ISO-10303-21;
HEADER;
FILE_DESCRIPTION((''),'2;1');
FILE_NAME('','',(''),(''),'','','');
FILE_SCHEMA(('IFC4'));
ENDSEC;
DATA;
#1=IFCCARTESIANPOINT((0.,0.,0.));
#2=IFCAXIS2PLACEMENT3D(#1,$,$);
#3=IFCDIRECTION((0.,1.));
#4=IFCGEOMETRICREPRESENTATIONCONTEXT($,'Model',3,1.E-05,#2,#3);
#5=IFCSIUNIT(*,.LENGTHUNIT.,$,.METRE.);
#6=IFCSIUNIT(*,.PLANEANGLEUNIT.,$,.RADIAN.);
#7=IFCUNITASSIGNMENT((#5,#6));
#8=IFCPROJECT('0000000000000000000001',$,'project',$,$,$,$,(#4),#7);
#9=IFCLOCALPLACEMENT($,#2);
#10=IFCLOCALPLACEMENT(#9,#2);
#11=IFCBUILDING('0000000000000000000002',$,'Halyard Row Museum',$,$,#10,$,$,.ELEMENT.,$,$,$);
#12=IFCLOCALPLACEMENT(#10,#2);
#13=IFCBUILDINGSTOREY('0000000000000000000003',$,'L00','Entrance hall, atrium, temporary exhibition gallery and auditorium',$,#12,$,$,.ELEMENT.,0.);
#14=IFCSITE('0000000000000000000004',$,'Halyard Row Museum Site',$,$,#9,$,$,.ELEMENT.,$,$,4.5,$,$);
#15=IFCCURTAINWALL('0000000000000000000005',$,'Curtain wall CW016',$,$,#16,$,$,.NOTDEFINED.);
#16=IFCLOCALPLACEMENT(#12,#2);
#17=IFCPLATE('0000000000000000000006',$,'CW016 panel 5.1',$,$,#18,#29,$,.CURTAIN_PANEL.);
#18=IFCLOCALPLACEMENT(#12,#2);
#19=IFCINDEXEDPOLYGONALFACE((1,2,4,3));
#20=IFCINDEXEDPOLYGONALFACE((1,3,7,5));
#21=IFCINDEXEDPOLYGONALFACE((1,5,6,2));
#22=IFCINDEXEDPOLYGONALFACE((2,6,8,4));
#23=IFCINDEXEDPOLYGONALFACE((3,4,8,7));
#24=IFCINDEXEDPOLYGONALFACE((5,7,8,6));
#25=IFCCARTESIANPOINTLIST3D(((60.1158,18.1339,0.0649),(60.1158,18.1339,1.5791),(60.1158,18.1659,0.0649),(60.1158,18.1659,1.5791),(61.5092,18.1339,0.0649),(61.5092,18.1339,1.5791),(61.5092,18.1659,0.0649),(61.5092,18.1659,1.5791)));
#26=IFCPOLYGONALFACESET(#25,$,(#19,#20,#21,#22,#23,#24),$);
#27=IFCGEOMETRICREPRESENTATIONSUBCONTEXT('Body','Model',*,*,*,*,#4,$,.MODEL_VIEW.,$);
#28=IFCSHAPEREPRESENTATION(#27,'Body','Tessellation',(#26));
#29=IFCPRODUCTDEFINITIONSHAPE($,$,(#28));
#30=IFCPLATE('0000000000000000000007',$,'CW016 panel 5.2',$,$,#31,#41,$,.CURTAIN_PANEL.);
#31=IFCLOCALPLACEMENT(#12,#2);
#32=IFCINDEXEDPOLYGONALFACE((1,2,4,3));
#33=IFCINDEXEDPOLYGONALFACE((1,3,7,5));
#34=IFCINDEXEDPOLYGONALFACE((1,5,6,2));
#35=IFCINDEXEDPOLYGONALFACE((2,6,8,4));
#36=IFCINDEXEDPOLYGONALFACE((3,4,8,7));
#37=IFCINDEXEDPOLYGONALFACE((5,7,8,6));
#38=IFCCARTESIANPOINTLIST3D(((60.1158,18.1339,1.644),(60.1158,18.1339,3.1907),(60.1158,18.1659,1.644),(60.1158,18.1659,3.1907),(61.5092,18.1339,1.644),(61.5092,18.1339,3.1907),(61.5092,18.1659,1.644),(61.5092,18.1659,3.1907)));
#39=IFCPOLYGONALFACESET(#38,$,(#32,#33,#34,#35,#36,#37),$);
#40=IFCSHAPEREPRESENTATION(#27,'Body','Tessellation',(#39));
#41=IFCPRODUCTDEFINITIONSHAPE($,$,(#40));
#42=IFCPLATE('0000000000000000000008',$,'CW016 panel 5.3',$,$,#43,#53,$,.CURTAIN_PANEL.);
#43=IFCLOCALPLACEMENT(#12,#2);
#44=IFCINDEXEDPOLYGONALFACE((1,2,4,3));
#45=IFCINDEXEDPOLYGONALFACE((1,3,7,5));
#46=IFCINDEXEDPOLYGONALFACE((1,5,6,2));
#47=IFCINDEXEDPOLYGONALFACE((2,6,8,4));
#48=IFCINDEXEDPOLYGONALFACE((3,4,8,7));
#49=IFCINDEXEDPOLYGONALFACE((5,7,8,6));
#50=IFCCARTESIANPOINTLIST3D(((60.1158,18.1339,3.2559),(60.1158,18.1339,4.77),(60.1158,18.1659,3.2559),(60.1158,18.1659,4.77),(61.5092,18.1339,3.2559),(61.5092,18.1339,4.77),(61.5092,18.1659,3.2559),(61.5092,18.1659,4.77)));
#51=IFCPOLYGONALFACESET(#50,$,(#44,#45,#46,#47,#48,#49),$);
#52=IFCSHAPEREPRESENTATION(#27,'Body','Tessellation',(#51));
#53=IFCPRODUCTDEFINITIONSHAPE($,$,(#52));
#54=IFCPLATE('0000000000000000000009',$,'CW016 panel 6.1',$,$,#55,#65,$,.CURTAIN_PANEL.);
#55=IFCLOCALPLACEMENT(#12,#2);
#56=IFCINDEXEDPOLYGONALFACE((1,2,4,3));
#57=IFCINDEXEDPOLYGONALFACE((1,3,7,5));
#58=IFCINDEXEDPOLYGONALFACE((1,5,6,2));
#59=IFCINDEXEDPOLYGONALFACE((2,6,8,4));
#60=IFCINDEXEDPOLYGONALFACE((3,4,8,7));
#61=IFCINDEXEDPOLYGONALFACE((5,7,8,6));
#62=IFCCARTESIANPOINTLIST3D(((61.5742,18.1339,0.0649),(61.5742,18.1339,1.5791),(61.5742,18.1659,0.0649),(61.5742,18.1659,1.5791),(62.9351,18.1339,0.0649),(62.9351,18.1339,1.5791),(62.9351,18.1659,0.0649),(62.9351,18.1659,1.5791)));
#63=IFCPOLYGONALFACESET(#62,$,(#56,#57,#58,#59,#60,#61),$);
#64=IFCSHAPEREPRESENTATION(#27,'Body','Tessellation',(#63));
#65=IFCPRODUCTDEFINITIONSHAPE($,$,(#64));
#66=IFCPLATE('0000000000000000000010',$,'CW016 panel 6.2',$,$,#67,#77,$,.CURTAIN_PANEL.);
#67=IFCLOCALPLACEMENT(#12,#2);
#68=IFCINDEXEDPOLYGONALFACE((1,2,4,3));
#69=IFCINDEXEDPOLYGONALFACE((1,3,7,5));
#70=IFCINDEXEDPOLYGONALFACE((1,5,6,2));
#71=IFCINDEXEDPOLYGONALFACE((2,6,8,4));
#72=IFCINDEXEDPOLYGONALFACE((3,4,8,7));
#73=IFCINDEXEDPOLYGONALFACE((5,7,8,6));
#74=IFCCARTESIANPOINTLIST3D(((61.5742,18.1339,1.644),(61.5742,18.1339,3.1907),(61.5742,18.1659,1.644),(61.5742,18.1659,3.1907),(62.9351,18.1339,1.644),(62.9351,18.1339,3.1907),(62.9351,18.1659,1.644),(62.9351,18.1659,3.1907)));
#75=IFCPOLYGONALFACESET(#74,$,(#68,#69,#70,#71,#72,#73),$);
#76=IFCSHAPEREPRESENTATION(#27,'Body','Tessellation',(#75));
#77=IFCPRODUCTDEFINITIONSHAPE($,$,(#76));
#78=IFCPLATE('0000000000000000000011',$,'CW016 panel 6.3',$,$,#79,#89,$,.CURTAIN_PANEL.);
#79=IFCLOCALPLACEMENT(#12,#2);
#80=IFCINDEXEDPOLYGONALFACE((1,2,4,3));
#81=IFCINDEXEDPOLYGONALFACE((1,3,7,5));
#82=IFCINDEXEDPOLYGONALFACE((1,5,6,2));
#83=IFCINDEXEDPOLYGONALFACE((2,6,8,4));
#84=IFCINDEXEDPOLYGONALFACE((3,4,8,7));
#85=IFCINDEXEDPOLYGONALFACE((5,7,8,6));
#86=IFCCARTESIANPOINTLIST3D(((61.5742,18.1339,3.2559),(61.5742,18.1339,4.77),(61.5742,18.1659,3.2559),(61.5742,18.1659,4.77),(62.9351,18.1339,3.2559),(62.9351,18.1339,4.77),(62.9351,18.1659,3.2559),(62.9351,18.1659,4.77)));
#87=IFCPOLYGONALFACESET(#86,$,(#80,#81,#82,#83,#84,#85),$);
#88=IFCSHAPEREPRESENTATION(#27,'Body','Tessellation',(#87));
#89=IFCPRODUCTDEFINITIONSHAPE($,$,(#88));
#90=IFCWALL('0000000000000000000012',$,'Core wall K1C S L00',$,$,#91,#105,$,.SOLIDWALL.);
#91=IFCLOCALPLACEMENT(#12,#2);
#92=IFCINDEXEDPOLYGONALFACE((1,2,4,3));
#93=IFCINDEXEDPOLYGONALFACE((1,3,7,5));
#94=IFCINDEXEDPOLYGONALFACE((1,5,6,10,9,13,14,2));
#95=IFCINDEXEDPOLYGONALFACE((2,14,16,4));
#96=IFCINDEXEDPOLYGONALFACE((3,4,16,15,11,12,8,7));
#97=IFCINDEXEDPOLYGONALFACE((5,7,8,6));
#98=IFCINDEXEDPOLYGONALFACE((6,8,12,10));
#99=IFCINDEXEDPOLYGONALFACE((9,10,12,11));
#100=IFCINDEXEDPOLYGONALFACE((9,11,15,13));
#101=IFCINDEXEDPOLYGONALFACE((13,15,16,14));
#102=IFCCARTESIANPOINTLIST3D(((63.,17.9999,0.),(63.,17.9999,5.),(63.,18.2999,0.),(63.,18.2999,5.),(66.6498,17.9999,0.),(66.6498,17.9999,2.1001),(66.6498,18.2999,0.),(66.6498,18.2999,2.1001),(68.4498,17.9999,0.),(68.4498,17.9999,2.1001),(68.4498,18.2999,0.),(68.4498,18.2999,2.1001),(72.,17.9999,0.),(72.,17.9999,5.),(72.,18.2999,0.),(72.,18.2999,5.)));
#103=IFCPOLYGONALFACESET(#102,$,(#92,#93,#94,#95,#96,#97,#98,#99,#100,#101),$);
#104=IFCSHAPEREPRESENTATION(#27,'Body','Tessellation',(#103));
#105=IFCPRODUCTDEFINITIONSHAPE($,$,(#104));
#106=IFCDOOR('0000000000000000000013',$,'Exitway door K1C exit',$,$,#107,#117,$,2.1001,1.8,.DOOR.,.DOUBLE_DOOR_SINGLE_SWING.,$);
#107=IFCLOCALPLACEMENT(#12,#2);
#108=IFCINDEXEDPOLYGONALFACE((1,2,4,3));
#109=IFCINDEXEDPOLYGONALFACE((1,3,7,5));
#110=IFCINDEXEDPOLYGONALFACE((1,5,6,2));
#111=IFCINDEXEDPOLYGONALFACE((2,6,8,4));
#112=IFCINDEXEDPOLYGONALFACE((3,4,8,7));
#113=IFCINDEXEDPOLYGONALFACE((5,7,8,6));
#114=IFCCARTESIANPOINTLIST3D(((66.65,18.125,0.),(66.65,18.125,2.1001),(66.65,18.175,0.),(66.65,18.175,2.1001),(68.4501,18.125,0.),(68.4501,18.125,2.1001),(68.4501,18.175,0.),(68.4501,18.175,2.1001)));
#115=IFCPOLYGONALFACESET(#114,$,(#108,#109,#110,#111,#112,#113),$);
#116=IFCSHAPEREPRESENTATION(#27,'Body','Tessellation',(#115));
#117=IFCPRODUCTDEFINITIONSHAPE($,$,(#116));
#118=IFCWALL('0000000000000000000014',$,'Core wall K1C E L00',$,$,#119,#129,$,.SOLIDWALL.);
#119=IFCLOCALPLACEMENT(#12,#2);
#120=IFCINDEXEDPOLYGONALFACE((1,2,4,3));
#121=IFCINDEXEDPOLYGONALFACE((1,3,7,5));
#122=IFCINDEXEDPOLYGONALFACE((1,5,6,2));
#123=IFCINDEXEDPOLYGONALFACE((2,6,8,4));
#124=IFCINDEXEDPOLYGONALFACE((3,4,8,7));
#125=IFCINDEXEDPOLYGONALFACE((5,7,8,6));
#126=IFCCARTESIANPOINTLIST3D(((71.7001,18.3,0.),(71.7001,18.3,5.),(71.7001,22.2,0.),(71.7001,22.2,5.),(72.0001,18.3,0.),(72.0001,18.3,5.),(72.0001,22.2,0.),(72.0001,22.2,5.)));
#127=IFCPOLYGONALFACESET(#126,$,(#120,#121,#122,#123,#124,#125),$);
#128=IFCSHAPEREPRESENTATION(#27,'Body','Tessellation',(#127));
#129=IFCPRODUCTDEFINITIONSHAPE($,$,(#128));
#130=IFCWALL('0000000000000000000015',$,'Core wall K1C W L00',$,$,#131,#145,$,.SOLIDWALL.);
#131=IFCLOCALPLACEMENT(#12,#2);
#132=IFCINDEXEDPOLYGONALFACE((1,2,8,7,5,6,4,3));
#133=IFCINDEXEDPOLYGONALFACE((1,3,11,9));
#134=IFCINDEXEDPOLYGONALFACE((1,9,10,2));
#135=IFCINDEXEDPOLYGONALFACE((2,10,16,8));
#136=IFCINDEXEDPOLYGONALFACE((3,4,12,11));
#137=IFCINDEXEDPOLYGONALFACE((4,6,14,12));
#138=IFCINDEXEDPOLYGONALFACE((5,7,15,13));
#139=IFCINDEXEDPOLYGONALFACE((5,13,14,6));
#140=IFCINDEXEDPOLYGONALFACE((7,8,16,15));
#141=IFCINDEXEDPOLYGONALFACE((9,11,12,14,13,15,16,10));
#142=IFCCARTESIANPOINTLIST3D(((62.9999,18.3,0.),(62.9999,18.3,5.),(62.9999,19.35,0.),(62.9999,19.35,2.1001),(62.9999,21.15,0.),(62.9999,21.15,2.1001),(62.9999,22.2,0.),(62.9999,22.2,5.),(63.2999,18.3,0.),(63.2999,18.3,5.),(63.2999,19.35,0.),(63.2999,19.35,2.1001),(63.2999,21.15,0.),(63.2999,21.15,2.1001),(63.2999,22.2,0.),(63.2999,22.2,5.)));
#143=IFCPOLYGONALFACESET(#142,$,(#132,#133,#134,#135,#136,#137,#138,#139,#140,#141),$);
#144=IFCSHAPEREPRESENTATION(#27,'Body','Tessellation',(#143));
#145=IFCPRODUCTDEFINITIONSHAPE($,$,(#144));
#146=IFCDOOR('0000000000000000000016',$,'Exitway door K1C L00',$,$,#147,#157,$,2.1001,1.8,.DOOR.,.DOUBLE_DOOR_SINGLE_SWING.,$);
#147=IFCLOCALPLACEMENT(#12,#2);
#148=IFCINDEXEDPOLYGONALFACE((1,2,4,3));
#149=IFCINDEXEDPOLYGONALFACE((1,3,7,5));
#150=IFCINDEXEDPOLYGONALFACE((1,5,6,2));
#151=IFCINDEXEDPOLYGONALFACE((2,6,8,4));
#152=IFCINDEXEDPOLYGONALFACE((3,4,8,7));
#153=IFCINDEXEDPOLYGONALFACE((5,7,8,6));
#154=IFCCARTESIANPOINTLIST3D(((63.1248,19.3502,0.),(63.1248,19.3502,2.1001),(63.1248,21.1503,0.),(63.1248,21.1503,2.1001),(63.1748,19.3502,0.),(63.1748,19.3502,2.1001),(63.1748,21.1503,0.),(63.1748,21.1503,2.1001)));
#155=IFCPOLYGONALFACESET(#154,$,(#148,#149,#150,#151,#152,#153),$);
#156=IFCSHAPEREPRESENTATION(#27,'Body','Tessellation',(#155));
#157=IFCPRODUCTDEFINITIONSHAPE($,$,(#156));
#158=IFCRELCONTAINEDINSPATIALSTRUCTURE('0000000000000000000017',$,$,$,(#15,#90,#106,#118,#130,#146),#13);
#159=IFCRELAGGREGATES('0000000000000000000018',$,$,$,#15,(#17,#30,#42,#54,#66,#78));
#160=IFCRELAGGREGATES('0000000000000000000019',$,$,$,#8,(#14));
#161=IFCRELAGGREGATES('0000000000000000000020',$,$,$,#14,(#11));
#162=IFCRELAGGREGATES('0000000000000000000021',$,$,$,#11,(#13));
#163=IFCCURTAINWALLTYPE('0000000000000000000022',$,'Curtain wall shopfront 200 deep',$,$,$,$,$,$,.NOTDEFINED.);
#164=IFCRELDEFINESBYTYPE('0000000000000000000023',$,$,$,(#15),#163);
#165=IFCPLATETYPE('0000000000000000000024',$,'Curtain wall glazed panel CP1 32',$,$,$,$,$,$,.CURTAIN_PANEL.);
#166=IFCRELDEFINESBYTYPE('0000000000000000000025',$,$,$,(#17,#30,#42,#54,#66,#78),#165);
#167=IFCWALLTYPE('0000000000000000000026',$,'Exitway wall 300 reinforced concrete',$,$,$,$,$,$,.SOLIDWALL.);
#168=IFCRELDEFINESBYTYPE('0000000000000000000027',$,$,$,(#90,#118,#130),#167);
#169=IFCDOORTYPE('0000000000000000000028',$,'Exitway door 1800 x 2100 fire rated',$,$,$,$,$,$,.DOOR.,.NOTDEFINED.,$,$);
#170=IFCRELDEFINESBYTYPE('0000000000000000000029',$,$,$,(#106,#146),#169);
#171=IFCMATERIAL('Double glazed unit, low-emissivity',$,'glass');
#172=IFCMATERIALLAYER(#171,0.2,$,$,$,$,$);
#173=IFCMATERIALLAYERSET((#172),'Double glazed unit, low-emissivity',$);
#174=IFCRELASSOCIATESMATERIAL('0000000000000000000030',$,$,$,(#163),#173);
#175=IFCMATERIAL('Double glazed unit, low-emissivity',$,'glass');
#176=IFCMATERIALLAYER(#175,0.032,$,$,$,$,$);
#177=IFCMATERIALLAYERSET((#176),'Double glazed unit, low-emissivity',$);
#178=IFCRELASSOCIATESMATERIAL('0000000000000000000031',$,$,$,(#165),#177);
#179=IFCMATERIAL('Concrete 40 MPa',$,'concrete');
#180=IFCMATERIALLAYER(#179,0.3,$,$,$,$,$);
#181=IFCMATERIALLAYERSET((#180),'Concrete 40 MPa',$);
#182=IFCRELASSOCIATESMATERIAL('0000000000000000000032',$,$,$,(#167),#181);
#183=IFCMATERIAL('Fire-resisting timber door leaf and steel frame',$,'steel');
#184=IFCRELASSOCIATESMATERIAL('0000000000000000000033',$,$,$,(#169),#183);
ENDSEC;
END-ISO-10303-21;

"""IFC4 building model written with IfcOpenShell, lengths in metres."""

from ifc_helpers import new_model, si_unit, direction, frame, frame_2d, origin, origin_2d, place, context, subcontext, project, spatial, rectangle, extrude, material, layer, layer_set, type_object, element, fill, aggregate, save


model = new_model("IFC4")

# Units and contexts
model_context = context("Model", 3, precision=1e-05, world=origin(), true_north=direction((0.0, 1.0)))
body_context = subcontext(model_context, "Body", "Model", "MODEL_VIEW")
ifc_project = project(units=[si_unit("LENGTHUNIT", "METRE"), si_unit("PLANEANGLEUNIT", "RADIAN")], contexts=[model_context])

# Site, building, storey
site_placement = place(None, origin())
site = spatial("IfcSite", under=ifc_project, at=site_placement, Name="Halyard Row Museum Site", CompositionType="ELEMENT", RefElevation=4.5)
building_placement = place(site_placement, origin())
building = spatial("IfcBuilding", under=site, at=building_placement, Name="Halyard Row Museum", CompositionType="ELEMENT")
storey_placement = place(building_placement, origin())
storey = spatial("IfcBuildingStorey", under=building, at=storey_placement, Name="L00", Description="Entrance hall, atrium, temporary exhibition gallery and auditorium", CompositionType="ELEMENT", Elevation=0.0)

# Curtain wall
ifc_material_1 = material(Name="Double glazed unit, low-emissivity", Category="glass")
ifc_layer_1 = layer(ifc_material_1, 0.2)
ifc_layer_set_1 = layer_set([ifc_layer_1], Name="Double glazed unit, low-emissivity")
curtain_wall_type = type_object("IfcCurtainWallType", Name="Curtain wall shopfront 200 deep", PredefinedType="NOTDEFINED", material=ifc_layer_set_1)
curtain_wall_placement = place(storey_placement, origin())
curtain_wall = element("IfcCurtainWall", 1, at=curtain_wall_placement, inside=storey, type_object=curtain_wall_type, Name="Curtain wall CW016", PredefinedType="NOTDEFINED")

# Plates
ifc_material_2 = material(Name="Double glazed unit, low-emissivity", Category="glass")
ifc_layer_2 = layer(ifc_material_2, 0.032)
ifc_layer_set_2 = layer_set([ifc_layer_2], Name="Double glazed unit, low-emissivity")
plate_type = type_object("IfcPlateType", Name="Curtain wall glazed panel CP1 32", PredefinedType="CURTAIN_PANEL", material=ifc_layer_set_2)
plate_1_placement = place(storey_placement, frame((60.8125, 18.1499, 0.0649), z_axis=(0.0, 0.0, 1.0), x_axis=(1.0, 0.0, 0.0)))
plate_1 = element("IfcPlate", 2, at=plate_1_placement, type_object=plate_type, Name="CW016 panel 5.1", PredefinedType="CURTAIN_PANEL", context=body_context, shape_type="SweptSolid", body=[
    extrude(rectangle(XDim=1.3933, YDim=0.032, at=origin_2d()), origin(), (0.0, 0.0, 1.0), 1.5142),
])
plate_2_placement = place(storey_placement, frame((60.8125, 18.1499, 1.644), z_axis=(0.0, 0.0, 1.0), x_axis=(1.0, 0.0, 0.0)))
plate_2 = element("IfcPlate", 3, at=plate_2_placement, type_object=plate_type, Name="CW016 panel 5.2", PredefinedType="CURTAIN_PANEL", context=body_context, shape_type="SweptSolid", body=[
    extrude(rectangle(XDim=1.3933, YDim=0.032, at=origin_2d()), origin(), (0.0, 0.0, 1.0), 1.5466),
])
plate_3_placement = place(storey_placement, frame((60.8125, 18.1499, 3.2559), z_axis=(0.0, 0.0, 1.0), x_axis=(1.0, 0.0, 0.0)))
plate_3 = element("IfcPlate", 4, at=plate_3_placement, type_object=plate_type, Name="CW016 panel 5.3", PredefinedType="CURTAIN_PANEL", context=body_context, shape_type="SweptSolid", body=[
    extrude(rectangle(XDim=1.3933, YDim=0.032, at=origin_2d()), origin(), (0.0, 0.0, 1.0), 1.5142),
])
plate_4_placement = place(storey_placement, frame((62.2546, 18.1499, 0.0649), z_axis=(0.0, 0.0, 1.0), x_axis=(1.0, 0.0, 0.0)))
plate_4 = element("IfcPlate", 5, at=plate_4_placement, type_object=plate_type, Name="CW016 panel 6.1", PredefinedType="CURTAIN_PANEL", context=body_context, shape_type="SweptSolid", body=[
    extrude(rectangle(XDim=1.3608, YDim=0.032, at=origin_2d()), origin(), (0.0, 0.0, 1.0), 1.5142),
])
plate_5_placement = place(storey_placement, frame((62.2546, 18.1499, 1.644), z_axis=(0.0, 0.0, 1.0), x_axis=(1.0, 0.0, 0.0)))
plate_5 = element("IfcPlate", 6, at=plate_5_placement, type_object=plate_type, Name="CW016 panel 6.2", PredefinedType="CURTAIN_PANEL", context=body_context, shape_type="SweptSolid", body=[
    extrude(rectangle(XDim=1.3608, YDim=0.032, at=origin_2d()), origin(), (0.0, 0.0, 1.0), 1.5466),
])
plate_6_placement = place(storey_placement, frame((62.2546, 18.1499, 3.2559), z_axis=(0.0, 0.0, 1.0), x_axis=(1.0, 0.0, 0.0)))
plate_6 = element("IfcPlate", 7, at=plate_6_placement, type_object=plate_type, Name="CW016 panel 6.3", PredefinedType="CURTAIN_PANEL", context=body_context, shape_type="SweptSolid", body=[
    extrude(rectangle(XDim=1.3608, YDim=0.032, at=origin_2d()), origin(), (0.0, 0.0, 1.0), 1.5142),
])
aggregate(curtain_wall, [plate_1, plate_2, plate_3, plate_4, plate_5, plate_6])

# Wall, opening, door
ifc_material_3 = material(Name="Concrete 40 MPa", Category="concrete")
ifc_layer_3 = layer(ifc_material_3, 0.3)
ifc_layer_set_3 = layer_set([ifc_layer_3], Name="Concrete 40 MPa")
wall_type = type_object("IfcWallType", Name="Exitway wall 300 reinforced concrete", PredefinedType="SOLIDWALL", material=ifc_layer_set_3)
wall_1_placement = place(storey_placement, frame((63.0, 18.1499, 0.0), z_axis=(0.0, 0.0, 1.0), x_axis=(1.0, 0.0, 0.0)))
wall_1 = element("IfcWall", 8, at=wall_1_placement, inside=storey, type_object=wall_type, Name="Core wall K1C S L00", PredefinedType="SOLIDWALL", context=body_context, shape_type="SweptSolid", body=[
    extrude(rectangle(XDim=9.0, YDim=0.3, at=frame_2d((4.5, 0.0))), origin(), (0.0, 0.0, 1.0), 5.0),
])
opening_1_placement = place(wall_1_placement, frame((3.6499, 0.0, 0.0)))
opening_1 = element("IfcOpeningElement", 9, at=opening_1_placement, cuts=wall_1, PredefinedType="OPENING", context=body_context, shape_type="SweptSolid", body=[
    extrude(rectangle(XDim=1.8, YDim=2.1001, at=frame_2d((0.8999, 1.05))), frame((0.0, 0.1599, 0.0), z_axis=(0.0, -1.0, 0.0), x_axis=(1.0, 0.0, 0.0)), (0.0, 0.0, 1.0), 0.3201),
])
ifc_material_4 = material(Name="Fire-resisting timber door leaf and steel frame", Category="steel")
door_type = type_object("IfcDoorType", Name="Exitway door 1800 x 2100 fire rated", OperationType="NOTDEFINED", PredefinedType="DOOR", material=ifc_material_4)
door_1_placement = place(opening_1_placement, frame((1.8, 0.0, 0.0), z_axis=(0.0, 0.0, 1.0), x_axis=(-1.0, 0.0, 0.0)))
door_1 = element("IfcDoor", 10, at=door_1_placement, inside=storey, type_object=door_type, Name="Exitway door K1C exit", OperationType="DOUBLE_DOOR_SINGLE_SWING", OverallHeight=2.1001, OverallWidth=1.8, PredefinedType="DOOR", context=body_context, shape_type="SweptSolid", body=[
    extrude(rectangle(XDim=1.8, YDim=2.1001, at=frame_2d((0.8999, 1.05))), frame((0.0, 0.0249, 0.0), z_axis=(0.0, -1.0, 0.0), x_axis=(1.0, 0.0, 0.0)), (0.0, 0.0, 1.0), 0.05),
])
fill(opening_1, door_1)

# Wall
wall_2_placement = place(storey_placement, frame((71.8501, 18.3, 0.0), z_axis=(0.0, 0.0, 1.0), x_axis=(0.0, 1.0, 0.0)))
element("IfcWall", 11, at=wall_2_placement, inside=storey, type_object=wall_type, Name="Core wall K1C E L00", PredefinedType="SOLIDWALL", context=body_context, shape_type="SweptSolid", body=[
    extrude(rectangle(XDim=3.8999, YDim=0.3, at=frame_2d((1.95, 0.0))), origin(), (0.0, 0.0, 1.0), 5.0),
])

# Wall, opening, door
wall_3_placement = place(storey_placement, frame((63.1499, 18.3, 0.0), z_axis=(0.0, 0.0, 1.0), x_axis=(0.0, 1.0, 0.0)))
wall_3 = element("IfcWall", 12, at=wall_3_placement, inside=storey, type_object=wall_type, Name="Core wall K1C W L00", PredefinedType="SOLIDWALL", context=body_context, shape_type="SweptSolid", body=[
    extrude(rectangle(XDim=3.8999, YDim=0.3, at=frame_2d((1.95, 0.0))), origin(), (0.0, 0.0, 1.0), 5.0),
])
opening_2_placement = place(wall_3_placement, frame((1.05, 0.0, 0.0)))
opening_2 = element("IfcOpeningElement", 13, at=opening_2_placement, cuts=wall_3, PredefinedType="OPENING", context=body_context, shape_type="SweptSolid", body=[
    extrude(rectangle(XDim=1.8, YDim=2.1001, at=frame_2d((0.8999, 1.05))), frame((0.0, 0.1599, 0.0), z_axis=(0.0, -1.0, 0.0), x_axis=(1.0, 0.0, 0.0)), (0.0, 0.0, 1.0), 0.3201),
])
door_2_placement = place(opening_2_placement, frame((1.8, 0.0, 0.0), z_axis=(0.0, 0.0, 1.0), x_axis=(-1.0, 0.0, 0.0)))
door_2 = element("IfcDoor", 14, at=door_2_placement, inside=storey, type_object=door_type, Name="Exitway door K1C L00", OperationType="DOUBLE_DOOR_SINGLE_SWING", OverallHeight=2.1001, OverallWidth=1.8, PredefinedType="DOOR", context=body_context, shape_type="SweptSolid", body=[
    extrude(rectangle(XDim=1.8, YDim=2.1001, at=frame_2d((0.8999, 1.05))), frame((0.0, 0.0249, 0.0), z_axis=(0.0, -1.0, 0.0), x_axis=(1.0, 0.0, 0.0)), (0.0, 0.0, 1.0), 0.05),
])
fill(opening_2, door_2)

save(model, "model.ifc")
